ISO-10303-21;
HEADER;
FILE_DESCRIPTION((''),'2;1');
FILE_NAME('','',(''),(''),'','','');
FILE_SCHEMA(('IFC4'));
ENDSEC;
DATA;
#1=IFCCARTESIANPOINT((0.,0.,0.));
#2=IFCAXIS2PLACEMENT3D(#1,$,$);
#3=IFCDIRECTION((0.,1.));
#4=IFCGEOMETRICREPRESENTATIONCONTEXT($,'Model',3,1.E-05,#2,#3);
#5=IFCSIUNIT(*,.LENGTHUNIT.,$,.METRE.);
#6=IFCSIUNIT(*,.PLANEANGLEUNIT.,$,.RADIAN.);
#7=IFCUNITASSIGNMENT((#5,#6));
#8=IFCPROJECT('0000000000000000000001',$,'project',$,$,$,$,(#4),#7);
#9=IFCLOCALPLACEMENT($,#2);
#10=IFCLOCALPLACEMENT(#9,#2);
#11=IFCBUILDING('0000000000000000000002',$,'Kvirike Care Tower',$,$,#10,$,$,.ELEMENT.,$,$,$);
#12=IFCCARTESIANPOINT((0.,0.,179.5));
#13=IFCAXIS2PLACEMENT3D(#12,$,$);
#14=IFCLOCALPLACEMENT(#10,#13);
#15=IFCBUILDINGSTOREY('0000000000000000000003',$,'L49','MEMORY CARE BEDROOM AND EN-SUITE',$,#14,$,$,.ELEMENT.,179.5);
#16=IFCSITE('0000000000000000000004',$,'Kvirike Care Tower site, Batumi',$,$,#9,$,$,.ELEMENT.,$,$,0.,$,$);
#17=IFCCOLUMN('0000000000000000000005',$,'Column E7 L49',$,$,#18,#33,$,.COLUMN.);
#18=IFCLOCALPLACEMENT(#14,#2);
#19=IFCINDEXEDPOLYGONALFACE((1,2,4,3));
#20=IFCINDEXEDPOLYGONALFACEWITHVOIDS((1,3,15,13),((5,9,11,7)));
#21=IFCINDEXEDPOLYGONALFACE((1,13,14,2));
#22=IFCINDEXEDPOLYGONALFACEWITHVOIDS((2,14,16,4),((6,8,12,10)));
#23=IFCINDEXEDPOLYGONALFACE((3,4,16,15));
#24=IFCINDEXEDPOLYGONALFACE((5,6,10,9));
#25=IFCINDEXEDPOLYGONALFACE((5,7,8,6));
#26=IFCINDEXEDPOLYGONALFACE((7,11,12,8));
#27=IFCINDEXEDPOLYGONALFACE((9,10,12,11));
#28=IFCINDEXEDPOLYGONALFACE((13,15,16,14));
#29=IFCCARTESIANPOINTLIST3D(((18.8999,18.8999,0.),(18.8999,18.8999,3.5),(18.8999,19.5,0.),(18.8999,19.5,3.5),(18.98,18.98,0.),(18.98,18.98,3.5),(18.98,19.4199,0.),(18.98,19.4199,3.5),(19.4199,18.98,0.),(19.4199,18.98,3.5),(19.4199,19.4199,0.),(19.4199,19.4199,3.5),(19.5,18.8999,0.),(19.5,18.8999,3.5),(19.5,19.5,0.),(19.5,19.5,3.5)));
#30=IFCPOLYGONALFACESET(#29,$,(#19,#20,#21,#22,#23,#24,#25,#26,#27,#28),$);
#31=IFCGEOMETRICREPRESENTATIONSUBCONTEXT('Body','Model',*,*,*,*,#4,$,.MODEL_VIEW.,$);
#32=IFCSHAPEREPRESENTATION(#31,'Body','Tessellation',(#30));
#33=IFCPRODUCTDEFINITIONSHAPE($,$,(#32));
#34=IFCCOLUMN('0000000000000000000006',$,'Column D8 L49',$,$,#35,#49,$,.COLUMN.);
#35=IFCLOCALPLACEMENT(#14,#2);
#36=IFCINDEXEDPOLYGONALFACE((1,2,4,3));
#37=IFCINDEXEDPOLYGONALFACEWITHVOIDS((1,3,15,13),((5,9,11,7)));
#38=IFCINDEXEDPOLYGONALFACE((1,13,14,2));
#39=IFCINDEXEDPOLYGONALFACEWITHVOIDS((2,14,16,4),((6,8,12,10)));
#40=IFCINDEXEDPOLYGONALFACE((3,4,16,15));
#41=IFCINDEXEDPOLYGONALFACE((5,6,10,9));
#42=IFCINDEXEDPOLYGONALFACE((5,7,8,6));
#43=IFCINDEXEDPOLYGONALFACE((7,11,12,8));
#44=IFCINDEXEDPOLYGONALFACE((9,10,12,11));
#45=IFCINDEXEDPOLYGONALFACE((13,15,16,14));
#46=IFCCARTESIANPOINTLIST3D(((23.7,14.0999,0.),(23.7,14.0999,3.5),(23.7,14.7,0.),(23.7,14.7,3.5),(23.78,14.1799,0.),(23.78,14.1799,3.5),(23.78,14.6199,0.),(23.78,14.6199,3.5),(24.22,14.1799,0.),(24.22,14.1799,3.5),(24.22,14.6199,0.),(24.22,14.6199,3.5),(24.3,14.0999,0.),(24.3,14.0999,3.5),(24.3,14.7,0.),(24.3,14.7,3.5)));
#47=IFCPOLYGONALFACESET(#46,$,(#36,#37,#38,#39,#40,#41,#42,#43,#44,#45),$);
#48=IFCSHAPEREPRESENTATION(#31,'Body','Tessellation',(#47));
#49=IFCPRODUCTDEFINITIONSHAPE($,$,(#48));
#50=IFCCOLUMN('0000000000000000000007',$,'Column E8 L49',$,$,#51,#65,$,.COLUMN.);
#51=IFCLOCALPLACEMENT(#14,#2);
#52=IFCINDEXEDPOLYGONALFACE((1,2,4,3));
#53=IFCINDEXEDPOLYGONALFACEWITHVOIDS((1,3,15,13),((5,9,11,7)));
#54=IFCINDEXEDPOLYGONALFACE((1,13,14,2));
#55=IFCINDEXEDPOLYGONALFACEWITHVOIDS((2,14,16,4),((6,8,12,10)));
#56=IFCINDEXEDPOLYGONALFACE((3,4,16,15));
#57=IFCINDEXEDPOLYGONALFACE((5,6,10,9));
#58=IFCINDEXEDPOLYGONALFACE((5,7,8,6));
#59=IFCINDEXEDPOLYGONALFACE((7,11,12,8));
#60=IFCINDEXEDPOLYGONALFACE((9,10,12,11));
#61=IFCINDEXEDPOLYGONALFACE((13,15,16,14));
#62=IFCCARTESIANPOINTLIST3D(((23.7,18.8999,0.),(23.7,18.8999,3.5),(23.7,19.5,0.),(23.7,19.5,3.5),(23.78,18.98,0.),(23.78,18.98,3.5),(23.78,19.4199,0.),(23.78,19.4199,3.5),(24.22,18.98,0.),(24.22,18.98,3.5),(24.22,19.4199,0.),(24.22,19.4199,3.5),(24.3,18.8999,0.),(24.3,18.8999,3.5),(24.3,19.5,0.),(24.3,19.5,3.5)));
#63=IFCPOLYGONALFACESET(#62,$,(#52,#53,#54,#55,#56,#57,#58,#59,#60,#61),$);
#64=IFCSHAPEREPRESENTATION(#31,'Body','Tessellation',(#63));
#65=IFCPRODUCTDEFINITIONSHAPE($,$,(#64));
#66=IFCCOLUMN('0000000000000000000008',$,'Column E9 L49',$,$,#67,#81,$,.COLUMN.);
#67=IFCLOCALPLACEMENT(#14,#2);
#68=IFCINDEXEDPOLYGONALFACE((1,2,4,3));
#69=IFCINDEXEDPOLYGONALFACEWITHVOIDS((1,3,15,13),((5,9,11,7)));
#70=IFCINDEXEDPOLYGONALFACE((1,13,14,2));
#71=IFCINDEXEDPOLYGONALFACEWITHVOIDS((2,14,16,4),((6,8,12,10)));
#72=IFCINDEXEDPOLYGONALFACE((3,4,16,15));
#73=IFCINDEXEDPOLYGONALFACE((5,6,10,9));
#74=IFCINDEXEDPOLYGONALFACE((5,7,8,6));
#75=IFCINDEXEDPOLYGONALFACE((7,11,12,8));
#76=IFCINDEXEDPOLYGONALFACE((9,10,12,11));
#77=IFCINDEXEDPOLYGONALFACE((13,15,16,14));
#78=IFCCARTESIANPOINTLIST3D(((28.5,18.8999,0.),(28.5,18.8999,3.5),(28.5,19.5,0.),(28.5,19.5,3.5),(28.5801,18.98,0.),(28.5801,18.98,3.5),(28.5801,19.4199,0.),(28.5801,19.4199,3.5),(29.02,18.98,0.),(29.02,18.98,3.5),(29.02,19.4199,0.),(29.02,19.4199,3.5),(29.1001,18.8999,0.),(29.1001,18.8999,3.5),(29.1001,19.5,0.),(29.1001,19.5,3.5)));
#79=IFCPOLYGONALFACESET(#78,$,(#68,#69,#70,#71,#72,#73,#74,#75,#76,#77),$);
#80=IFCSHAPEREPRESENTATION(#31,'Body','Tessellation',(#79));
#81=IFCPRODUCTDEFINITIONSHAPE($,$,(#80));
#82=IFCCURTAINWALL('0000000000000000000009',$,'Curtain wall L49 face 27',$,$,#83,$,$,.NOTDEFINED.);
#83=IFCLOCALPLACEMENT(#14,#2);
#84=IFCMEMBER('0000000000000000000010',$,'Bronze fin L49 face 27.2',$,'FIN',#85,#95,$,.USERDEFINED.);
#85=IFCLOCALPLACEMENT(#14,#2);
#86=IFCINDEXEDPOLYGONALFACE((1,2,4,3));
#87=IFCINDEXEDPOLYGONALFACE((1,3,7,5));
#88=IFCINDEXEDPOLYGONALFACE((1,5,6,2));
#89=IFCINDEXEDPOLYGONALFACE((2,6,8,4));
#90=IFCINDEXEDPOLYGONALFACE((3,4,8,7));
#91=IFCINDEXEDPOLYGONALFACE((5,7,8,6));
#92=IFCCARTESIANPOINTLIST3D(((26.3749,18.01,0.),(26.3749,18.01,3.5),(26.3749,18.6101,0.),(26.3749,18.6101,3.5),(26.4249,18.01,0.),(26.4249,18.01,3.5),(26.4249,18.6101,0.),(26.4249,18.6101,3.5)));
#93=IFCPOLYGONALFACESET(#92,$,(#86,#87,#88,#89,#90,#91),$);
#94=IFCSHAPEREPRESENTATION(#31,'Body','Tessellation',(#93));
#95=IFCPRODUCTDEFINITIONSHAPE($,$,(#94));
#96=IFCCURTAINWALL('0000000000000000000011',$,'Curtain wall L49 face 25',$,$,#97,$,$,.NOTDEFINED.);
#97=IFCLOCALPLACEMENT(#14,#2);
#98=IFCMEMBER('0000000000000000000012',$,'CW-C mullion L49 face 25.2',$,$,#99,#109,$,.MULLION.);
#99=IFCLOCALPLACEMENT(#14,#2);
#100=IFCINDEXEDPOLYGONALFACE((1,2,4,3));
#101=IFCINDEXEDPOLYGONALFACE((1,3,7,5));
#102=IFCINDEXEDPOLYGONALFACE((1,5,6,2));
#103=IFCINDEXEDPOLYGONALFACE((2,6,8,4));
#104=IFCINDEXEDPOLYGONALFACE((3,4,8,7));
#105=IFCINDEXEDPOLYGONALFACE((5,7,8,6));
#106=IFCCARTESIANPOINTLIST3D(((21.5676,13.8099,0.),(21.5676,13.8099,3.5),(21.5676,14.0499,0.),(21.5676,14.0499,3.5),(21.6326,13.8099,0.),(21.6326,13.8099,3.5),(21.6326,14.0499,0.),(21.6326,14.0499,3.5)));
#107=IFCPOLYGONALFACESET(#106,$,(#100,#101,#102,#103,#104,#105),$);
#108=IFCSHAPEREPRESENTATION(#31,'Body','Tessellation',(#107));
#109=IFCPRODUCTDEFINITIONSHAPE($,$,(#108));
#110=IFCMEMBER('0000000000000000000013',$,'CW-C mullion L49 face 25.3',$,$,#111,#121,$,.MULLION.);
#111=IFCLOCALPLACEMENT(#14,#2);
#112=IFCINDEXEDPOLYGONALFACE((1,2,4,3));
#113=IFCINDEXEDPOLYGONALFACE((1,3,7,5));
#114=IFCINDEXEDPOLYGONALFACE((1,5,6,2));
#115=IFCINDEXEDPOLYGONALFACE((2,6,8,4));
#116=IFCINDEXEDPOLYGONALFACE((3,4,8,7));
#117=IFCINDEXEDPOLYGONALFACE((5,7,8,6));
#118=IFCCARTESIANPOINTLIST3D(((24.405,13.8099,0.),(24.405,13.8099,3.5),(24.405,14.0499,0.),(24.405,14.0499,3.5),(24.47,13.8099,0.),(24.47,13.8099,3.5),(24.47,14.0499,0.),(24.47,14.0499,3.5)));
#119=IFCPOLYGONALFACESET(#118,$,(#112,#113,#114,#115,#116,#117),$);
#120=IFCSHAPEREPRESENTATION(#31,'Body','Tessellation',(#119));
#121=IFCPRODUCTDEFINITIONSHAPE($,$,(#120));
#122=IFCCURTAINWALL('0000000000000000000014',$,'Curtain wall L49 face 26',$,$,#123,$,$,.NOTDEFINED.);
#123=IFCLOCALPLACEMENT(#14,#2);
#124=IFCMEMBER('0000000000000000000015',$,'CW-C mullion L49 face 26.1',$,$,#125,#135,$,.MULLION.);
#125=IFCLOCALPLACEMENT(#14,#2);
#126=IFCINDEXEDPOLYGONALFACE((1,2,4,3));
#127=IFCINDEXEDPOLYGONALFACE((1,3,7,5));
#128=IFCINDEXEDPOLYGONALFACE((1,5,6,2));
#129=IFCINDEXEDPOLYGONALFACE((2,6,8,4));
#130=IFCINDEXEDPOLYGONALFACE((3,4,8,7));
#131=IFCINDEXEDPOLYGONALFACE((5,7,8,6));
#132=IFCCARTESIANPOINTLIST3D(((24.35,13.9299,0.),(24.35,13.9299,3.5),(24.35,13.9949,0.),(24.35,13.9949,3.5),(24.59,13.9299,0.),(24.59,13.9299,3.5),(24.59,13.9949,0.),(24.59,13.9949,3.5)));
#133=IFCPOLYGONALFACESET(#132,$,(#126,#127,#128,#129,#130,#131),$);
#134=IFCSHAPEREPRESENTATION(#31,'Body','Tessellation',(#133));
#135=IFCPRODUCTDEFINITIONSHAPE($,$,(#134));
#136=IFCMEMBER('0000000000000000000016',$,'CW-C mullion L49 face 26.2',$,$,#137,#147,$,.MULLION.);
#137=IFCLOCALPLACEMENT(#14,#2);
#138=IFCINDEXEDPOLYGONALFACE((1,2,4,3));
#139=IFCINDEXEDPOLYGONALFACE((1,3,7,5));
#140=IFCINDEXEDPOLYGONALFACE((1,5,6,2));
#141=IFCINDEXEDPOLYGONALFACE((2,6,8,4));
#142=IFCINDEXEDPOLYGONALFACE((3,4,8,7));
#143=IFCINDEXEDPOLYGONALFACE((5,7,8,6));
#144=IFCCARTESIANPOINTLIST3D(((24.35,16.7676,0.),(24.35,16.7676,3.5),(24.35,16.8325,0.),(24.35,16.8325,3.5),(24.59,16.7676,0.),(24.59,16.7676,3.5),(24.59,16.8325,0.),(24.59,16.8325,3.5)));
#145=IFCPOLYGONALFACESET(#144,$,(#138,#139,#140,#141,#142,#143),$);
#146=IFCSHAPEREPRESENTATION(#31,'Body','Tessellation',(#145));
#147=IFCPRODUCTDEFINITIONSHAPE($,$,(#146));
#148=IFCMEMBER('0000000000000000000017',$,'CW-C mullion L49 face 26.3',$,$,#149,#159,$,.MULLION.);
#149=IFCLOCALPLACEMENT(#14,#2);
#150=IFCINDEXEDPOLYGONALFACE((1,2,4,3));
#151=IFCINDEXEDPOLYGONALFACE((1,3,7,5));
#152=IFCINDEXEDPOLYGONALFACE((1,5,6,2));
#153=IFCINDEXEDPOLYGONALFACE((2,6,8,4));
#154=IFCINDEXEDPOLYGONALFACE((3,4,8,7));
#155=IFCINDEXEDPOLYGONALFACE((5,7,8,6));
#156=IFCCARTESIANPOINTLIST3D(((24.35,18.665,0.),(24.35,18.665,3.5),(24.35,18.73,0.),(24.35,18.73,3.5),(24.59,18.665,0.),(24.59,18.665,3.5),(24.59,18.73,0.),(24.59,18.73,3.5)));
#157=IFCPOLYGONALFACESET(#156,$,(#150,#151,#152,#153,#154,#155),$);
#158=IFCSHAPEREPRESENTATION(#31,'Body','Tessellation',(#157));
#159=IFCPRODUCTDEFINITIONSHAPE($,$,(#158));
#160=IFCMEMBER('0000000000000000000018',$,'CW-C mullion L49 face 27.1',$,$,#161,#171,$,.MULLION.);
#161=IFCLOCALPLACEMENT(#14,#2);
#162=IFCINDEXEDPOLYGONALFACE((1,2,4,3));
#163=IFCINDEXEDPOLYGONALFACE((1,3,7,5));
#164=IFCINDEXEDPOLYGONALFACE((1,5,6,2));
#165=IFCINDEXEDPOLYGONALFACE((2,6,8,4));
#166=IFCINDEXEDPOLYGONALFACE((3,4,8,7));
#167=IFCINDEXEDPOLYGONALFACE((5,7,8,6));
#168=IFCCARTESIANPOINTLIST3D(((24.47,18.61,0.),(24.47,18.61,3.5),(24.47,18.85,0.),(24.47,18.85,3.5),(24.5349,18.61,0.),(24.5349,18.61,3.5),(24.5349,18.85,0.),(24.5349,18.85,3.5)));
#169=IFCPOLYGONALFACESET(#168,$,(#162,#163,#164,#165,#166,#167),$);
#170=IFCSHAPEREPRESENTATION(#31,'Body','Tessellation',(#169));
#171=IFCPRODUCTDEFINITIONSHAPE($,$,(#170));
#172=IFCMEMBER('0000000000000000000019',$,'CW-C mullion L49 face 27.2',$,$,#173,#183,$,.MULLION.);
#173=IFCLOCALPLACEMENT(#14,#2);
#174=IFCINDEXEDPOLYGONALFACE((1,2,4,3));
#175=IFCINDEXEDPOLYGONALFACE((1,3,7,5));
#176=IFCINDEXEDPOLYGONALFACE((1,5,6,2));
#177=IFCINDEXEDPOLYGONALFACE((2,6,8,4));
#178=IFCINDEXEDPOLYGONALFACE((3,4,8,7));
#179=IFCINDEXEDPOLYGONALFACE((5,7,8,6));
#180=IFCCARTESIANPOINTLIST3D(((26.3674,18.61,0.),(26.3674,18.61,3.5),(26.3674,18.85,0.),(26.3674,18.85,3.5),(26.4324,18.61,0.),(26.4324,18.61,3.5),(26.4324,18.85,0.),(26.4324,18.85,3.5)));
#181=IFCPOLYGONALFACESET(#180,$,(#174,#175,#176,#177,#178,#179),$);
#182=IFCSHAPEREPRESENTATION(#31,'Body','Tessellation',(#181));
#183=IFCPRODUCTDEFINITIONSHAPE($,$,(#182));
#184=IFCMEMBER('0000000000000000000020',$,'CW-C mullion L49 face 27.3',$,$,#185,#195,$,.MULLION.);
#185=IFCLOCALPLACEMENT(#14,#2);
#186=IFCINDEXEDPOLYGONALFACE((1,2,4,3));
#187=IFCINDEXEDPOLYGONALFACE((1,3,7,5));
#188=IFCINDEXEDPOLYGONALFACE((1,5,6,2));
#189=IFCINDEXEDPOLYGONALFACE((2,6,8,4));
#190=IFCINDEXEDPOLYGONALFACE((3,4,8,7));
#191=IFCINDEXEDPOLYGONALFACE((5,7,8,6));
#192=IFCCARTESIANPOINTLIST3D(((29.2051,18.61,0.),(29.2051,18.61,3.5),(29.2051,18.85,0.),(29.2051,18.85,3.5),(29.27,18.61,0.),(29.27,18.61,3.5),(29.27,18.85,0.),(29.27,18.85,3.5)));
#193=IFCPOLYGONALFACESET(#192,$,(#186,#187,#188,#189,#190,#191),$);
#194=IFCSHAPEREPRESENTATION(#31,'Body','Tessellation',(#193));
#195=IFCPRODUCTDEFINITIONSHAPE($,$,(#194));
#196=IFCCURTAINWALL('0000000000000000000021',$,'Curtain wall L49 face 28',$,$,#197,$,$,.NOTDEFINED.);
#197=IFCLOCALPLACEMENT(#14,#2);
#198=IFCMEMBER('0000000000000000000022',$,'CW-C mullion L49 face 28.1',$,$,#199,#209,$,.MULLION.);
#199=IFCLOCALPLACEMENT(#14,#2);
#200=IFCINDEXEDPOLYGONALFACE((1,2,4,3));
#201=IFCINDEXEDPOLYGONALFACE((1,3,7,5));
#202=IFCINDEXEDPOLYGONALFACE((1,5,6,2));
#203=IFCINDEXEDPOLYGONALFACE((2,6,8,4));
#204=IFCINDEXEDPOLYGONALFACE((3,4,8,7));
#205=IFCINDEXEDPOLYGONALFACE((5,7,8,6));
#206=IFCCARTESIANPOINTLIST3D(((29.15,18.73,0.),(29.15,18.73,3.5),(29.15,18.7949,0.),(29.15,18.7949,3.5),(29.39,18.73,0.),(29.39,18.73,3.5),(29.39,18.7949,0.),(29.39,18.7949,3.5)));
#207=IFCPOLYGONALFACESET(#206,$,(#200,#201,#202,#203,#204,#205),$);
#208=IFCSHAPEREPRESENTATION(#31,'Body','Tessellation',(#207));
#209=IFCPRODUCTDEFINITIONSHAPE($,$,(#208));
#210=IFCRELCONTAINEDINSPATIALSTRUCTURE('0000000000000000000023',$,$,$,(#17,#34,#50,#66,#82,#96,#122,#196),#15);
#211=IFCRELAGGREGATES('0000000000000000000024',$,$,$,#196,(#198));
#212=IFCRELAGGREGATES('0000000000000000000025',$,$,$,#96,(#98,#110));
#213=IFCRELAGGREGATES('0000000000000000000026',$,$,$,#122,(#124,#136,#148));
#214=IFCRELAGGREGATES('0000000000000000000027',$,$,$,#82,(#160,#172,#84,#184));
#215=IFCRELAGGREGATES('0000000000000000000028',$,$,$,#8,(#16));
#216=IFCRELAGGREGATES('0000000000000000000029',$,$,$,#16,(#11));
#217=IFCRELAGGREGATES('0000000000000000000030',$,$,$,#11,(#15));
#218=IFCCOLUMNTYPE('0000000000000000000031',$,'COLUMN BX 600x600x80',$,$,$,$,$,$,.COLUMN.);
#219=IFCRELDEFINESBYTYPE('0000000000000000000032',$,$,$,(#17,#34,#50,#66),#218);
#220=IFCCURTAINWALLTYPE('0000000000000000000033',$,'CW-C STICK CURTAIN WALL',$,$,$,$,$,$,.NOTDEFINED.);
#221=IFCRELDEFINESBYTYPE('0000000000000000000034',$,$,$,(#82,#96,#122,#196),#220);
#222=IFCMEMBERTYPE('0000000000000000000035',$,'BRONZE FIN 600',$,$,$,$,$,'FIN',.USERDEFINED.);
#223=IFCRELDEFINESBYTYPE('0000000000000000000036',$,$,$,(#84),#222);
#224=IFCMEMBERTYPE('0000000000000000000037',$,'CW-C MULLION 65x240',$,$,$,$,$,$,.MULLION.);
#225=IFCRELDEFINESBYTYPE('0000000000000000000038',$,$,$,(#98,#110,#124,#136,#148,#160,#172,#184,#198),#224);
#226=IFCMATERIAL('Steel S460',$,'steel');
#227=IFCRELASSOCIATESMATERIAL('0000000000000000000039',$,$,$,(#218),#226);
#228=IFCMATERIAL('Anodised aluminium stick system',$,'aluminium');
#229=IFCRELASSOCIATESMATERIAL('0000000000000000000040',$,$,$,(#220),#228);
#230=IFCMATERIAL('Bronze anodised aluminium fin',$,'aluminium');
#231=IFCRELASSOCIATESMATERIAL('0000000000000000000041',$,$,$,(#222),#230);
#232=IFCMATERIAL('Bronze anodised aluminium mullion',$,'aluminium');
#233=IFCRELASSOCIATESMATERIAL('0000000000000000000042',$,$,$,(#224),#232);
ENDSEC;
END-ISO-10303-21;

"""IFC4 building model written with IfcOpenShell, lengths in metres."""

from ifc_helpers import new_model, si_unit, direction, frame, origin, origin_2d, place, context, subcontext, project, spatial, rectangle, hollow_rectangle, extrude, material, material_profile, profile_set, type_object, element, aggregate, save


model = new_model("IFC4")

# Units and contexts
model_context = context("Model", 3, precision=1e-05, world=origin(), true_north=direction((0.0, 1.0)))
body_context = subcontext(model_context, "Body", "Model", "MODEL_VIEW")
ifc_project = project(units=[si_unit("LENGTHUNIT", "METRE"), si_unit("PLANEANGLEUNIT", "RADIAN")], contexts=[model_context])

# Site, building, storey
site_placement = place(None, origin())
site = spatial("IfcSite", under=ifc_project, at=site_placement, Name="Kvirike Care Tower site, Batumi", CompositionType="ELEMENT", RefElevation=0.0)
building_placement = place(site_placement, origin())
building = spatial("IfcBuilding", under=site, at=building_placement, Name="Kvirike Care Tower", CompositionType="ELEMENT")
storey_placement = place(building_placement, frame((0.0, 0.0, 179.5)))
storey = spatial("IfcBuildingStorey", under=building, at=storey_placement, Name="L49", Description="MEMORY CARE BEDROOM AND EN-SUITE", CompositionType="ELEMENT", Elevation=179.5)

# Columns
ifc_material_1 = material(Name="Steel S460", Category="steel")
ifc_material_profile_1 = material_profile(ifc_material_1, hollow_rectangle(XDim=0.6001, YDim=0.6001, WallThickness=0.0801, at=origin_2d()), Name="BX 600x600x80")
ifc_profile_set_1 = profile_set([ifc_material_profile_1], Name="Steel S460")
column_type = type_object("IfcColumnType", Name="COLUMN BX 600x600x80", PredefinedType="COLUMN", material=ifc_profile_set_1)
for number, where, z_axis, x_axis, name in (
    (1, (19.2, 19.2, 0.0), (0.0, 0.0, 1.0), (0.0, 1.0, 0.0), "Column E7 L49"),
    (2, (24.0, 14.3999, 0.0), (0.0, 0.0, 1.0), (0.0, 1.0, 0.0), "Column D8 L49"),
    (3, (24.0, 19.2, 0.0), (0.0, 0.0, 1.0), (0.0, 1.0, 0.0), "Column E8 L49"),
    (4, (28.8, 19.2, 0.0), (0.0, 0.0, 1.0), (0.0, 1.0, 0.0), "Column E9 L49"),
):
    element("IfcColumn", number, at=place(storey_placement, frame(where, z_axis=z_axis, x_axis=x_axis)), inside=storey, type_object=column_type, Name=name, PredefinedType="COLUMN", context=body_context, shape_type="SweptSolid", body=[
        extrude(hollow_rectangle(XDim=0.6001, YDim=0.6001, WallThickness=0.0801, at=origin_2d()), origin(), (0.0, 0.0, 1.0), 3.5),
    ])

# Curtain wall, member
ifc_material_2 = material(Name="Anodised aluminium stick system", Category="aluminium")
curtain_wall_type = type_object("IfcCurtainWallType", Name="CW-C STICK CURTAIN WALL", PredefinedType="NOTDEFINED", material=ifc_material_2)
curtain_wall_1_placement = place(storey_placement, origin())
curtain_wall_1 = element("IfcCurtainWall", 5, at=curtain_wall_1_placement, inside=storey, type_object=curtain_wall_type, Name="Curtain wall L49 face 27", PredefinedType="NOTDEFINED")
ifc_material_3 = material(Name="Bronze anodised aluminium fin", Category="aluminium")
ifc_material_profile_2 = material_profile(ifc_material_3, rectangle(XDim=0.05, YDim=0.6001, at=origin_2d()), Name="BRONZE FIN 600")
ifc_profile_set_2 = profile_set([ifc_material_profile_2], Name="Bronze anodised aluminium fin")
member_type_1 = type_object("IfcMemberType", Name="BRONZE FIN 600", ElementType="FIN", PredefinedType="USERDEFINED", material=ifc_profile_set_2)
member_1_placement = place(storey_placement, frame((26.3999, 18.3101, 0.0), z_axis=(0.0, 0.0, 1.0), x_axis=(1.0, 0.0, 0.0)))
member_1 = element("IfcMember", 6, at=member_1_placement, type_object=member_type_1, Name="Bronze fin L49 face 27.2", ObjectType="FIN", PredefinedType="USERDEFINED", context=body_context, shape_type="SweptSolid", body=[
    extrude(rectangle(XDim=0.05, YDim=0.6001, at=origin_2d()), origin(), (0.0, 0.0, 1.0), 3.5),
])

# Curtain walls, members
curtain_wall_2_placement = place(storey_placement, origin())
curtain_wall_2 = element("IfcCurtainWall", 7, at=curtain_wall_2_placement, inside=storey, type_object=curtain_wall_type, Name="Curtain wall L49 face 25", PredefinedType="NOTDEFINED")
ifc_material_4 = material(Name="Bronze anodised aluminium mullion", Category="aluminium")
ifc_material_profile_3 = material_profile(ifc_material_4, rectangle(XDim=0.0649, YDim=0.24, at=origin_2d()), Name="CW-C MULLION 65x240")
ifc_profile_set_3 = profile_set([ifc_material_profile_3], Name="Bronze anodised aluminium mullion")
member_type_2 = type_object("IfcMemberType", Name="CW-C MULLION 65x240", PredefinedType="MULLION", material=ifc_profile_set_3)
member_2_placement = place(storey_placement, frame((21.6001, 13.9299, 0.0), z_axis=(0.0, 0.0, 1.0), x_axis=(1.0, 0.0, 0.0)))
member_2 = element("IfcMember", 8, at=member_2_placement, type_object=member_type_2, Name="CW-C mullion L49 face 25.2", PredefinedType="MULLION", context=body_context, shape_type="SweptSolid", body=[
    extrude(rectangle(XDim=0.0649, YDim=0.24, at=origin_2d()), origin(), (0.0, 0.0, 1.0), 3.5),
])
member_3_placement = place(storey_placement, frame((24.4375, 13.9299, 0.0), z_axis=(0.0, 0.0, 1.0), x_axis=(1.0, 0.0, 0.0)))
member_3 = element("IfcMember", 9, at=member_3_placement, type_object=member_type_2, Name="CW-C mullion L49 face 25.3", PredefinedType="MULLION", context=body_context, shape_type="SweptSolid", body=[
    extrude(rectangle(XDim=0.0649, YDim=0.24, at=origin_2d()), origin(), (0.0, 0.0, 1.0), 3.5),
])
curtain_wall_3_placement = place(storey_placement, origin())
curtain_wall_3 = element("IfcCurtainWall", 10, at=curtain_wall_3_placement, inside=storey, type_object=curtain_wall_type, Name="Curtain wall L49 face 26", PredefinedType="NOTDEFINED")
member_4_placement = place(storey_placement, frame((24.47, 13.9624, 0.0), z_axis=(0.0, 0.0, 1.0), x_axis=(0.0, 1.0, 0.0)))
member_4 = element("IfcMember", 11, at=member_4_placement, type_object=member_type_2, Name="CW-C mullion L49 face 26.1", PredefinedType="MULLION", context=body_context, shape_type="SweptSolid", body=[
    extrude(rectangle(XDim=0.0649, YDim=0.24, at=origin_2d()), origin(), (0.0, 0.0, 1.0), 3.5),
])
member_5_placement = place(storey_placement, frame((24.47, 16.8, 0.0), z_axis=(0.0, 0.0, 1.0), x_axis=(0.0, 1.0, 0.0)))
member_5 = element("IfcMember", 12, at=member_5_placement, type_object=member_type_2, Name="CW-C mullion L49 face 26.2", PredefinedType="MULLION", context=body_context, shape_type="SweptSolid", body=[
    extrude(rectangle(XDim=0.0649, YDim=0.24, at=origin_2d()), origin(), (0.0, 0.0, 1.0), 3.5),
])
member_6_placement = place(storey_placement, frame((24.47, 18.6975, 0.0), z_axis=(0.0, 0.0, 1.0), x_axis=(0.0, 1.0, 0.0)))
member_6 = element("IfcMember", 13, at=member_6_placement, type_object=member_type_2, Name="CW-C mullion L49 face 26.3", PredefinedType="MULLION", context=body_context, shape_type="SweptSolid", body=[
    extrude(rectangle(XDim=0.0649, YDim=0.24, at=origin_2d()), origin(), (0.0, 0.0, 1.0), 3.5),
])

# Members
member_7_placement = place(storey_placement, frame((24.5024, 18.73, 0.0), z_axis=(0.0, 0.0, 1.0), x_axis=(1.0, 0.0, 0.0)))
member_7 = element("IfcMember", 14, at=member_7_placement, type_object=member_type_2, Name="CW-C mullion L49 face 27.1", PredefinedType="MULLION", context=body_context, shape_type="SweptSolid", body=[
    extrude(rectangle(XDim=0.0649, YDim=0.24, at=origin_2d()), origin(), (0.0, 0.0, 1.0), 3.5),
])
member_8_placement = place(storey_placement, frame((26.3999, 18.73, 0.0), z_axis=(0.0, 0.0, 1.0), x_axis=(1.0, 0.0, 0.0)))
member_8 = element("IfcMember", 15, at=member_8_placement, type_object=member_type_2, Name="CW-C mullion L49 face 27.2", PredefinedType="MULLION", context=body_context, shape_type="SweptSolid", body=[
    extrude(rectangle(XDim=0.0649, YDim=0.24, at=origin_2d()), origin(), (0.0, 0.0, 1.0), 3.5),
])
member_9_placement = place(storey_placement, frame((29.2375, 18.73, 0.0), z_axis=(0.0, 0.0, 1.0), x_axis=(1.0, 0.0, 0.0)))
member_9 = element("IfcMember", 16, at=member_9_placement, type_object=member_type_2, Name="CW-C mullion L49 face 27.3", PredefinedType="MULLION", context=body_context, shape_type="SweptSolid", body=[
    extrude(rectangle(XDim=0.0649, YDim=0.24, at=origin_2d()), origin(), (0.0, 0.0, 1.0), 3.5),
])

# Curtain wall, member
curtain_wall_4_placement = place(storey_placement, origin())
curtain_wall_4 = element("IfcCurtainWall", 17, at=curtain_wall_4_placement, inside=storey, type_object=curtain_wall_type, Name="Curtain wall L49 face 28", PredefinedType="NOTDEFINED")
member_10_placement = place(storey_placement, frame((29.27, 18.7625, 0.0), z_axis=(0.0, 0.0, 1.0), x_axis=(0.0, 1.0, 0.0)))
member_10 = element("IfcMember", 18, at=member_10_placement, type_object=member_type_2, Name="CW-C mullion L49 face 28.1", PredefinedType="MULLION", context=body_context, shape_type="SweptSolid", body=[
    extrude(rectangle(XDim=0.0649, YDim=0.24, at=origin_2d()), origin(), (0.0, 0.0, 1.0), 3.5),
])

aggregate(curtain_wall_4, [member_10])

aggregate(curtain_wall_2, [member_2, member_3])
aggregate(curtain_wall_3, [member_4, member_5, member_6])
aggregate(curtain_wall_1, [member_7, member_8, member_1, member_9])

save(model, "model.ifc")
